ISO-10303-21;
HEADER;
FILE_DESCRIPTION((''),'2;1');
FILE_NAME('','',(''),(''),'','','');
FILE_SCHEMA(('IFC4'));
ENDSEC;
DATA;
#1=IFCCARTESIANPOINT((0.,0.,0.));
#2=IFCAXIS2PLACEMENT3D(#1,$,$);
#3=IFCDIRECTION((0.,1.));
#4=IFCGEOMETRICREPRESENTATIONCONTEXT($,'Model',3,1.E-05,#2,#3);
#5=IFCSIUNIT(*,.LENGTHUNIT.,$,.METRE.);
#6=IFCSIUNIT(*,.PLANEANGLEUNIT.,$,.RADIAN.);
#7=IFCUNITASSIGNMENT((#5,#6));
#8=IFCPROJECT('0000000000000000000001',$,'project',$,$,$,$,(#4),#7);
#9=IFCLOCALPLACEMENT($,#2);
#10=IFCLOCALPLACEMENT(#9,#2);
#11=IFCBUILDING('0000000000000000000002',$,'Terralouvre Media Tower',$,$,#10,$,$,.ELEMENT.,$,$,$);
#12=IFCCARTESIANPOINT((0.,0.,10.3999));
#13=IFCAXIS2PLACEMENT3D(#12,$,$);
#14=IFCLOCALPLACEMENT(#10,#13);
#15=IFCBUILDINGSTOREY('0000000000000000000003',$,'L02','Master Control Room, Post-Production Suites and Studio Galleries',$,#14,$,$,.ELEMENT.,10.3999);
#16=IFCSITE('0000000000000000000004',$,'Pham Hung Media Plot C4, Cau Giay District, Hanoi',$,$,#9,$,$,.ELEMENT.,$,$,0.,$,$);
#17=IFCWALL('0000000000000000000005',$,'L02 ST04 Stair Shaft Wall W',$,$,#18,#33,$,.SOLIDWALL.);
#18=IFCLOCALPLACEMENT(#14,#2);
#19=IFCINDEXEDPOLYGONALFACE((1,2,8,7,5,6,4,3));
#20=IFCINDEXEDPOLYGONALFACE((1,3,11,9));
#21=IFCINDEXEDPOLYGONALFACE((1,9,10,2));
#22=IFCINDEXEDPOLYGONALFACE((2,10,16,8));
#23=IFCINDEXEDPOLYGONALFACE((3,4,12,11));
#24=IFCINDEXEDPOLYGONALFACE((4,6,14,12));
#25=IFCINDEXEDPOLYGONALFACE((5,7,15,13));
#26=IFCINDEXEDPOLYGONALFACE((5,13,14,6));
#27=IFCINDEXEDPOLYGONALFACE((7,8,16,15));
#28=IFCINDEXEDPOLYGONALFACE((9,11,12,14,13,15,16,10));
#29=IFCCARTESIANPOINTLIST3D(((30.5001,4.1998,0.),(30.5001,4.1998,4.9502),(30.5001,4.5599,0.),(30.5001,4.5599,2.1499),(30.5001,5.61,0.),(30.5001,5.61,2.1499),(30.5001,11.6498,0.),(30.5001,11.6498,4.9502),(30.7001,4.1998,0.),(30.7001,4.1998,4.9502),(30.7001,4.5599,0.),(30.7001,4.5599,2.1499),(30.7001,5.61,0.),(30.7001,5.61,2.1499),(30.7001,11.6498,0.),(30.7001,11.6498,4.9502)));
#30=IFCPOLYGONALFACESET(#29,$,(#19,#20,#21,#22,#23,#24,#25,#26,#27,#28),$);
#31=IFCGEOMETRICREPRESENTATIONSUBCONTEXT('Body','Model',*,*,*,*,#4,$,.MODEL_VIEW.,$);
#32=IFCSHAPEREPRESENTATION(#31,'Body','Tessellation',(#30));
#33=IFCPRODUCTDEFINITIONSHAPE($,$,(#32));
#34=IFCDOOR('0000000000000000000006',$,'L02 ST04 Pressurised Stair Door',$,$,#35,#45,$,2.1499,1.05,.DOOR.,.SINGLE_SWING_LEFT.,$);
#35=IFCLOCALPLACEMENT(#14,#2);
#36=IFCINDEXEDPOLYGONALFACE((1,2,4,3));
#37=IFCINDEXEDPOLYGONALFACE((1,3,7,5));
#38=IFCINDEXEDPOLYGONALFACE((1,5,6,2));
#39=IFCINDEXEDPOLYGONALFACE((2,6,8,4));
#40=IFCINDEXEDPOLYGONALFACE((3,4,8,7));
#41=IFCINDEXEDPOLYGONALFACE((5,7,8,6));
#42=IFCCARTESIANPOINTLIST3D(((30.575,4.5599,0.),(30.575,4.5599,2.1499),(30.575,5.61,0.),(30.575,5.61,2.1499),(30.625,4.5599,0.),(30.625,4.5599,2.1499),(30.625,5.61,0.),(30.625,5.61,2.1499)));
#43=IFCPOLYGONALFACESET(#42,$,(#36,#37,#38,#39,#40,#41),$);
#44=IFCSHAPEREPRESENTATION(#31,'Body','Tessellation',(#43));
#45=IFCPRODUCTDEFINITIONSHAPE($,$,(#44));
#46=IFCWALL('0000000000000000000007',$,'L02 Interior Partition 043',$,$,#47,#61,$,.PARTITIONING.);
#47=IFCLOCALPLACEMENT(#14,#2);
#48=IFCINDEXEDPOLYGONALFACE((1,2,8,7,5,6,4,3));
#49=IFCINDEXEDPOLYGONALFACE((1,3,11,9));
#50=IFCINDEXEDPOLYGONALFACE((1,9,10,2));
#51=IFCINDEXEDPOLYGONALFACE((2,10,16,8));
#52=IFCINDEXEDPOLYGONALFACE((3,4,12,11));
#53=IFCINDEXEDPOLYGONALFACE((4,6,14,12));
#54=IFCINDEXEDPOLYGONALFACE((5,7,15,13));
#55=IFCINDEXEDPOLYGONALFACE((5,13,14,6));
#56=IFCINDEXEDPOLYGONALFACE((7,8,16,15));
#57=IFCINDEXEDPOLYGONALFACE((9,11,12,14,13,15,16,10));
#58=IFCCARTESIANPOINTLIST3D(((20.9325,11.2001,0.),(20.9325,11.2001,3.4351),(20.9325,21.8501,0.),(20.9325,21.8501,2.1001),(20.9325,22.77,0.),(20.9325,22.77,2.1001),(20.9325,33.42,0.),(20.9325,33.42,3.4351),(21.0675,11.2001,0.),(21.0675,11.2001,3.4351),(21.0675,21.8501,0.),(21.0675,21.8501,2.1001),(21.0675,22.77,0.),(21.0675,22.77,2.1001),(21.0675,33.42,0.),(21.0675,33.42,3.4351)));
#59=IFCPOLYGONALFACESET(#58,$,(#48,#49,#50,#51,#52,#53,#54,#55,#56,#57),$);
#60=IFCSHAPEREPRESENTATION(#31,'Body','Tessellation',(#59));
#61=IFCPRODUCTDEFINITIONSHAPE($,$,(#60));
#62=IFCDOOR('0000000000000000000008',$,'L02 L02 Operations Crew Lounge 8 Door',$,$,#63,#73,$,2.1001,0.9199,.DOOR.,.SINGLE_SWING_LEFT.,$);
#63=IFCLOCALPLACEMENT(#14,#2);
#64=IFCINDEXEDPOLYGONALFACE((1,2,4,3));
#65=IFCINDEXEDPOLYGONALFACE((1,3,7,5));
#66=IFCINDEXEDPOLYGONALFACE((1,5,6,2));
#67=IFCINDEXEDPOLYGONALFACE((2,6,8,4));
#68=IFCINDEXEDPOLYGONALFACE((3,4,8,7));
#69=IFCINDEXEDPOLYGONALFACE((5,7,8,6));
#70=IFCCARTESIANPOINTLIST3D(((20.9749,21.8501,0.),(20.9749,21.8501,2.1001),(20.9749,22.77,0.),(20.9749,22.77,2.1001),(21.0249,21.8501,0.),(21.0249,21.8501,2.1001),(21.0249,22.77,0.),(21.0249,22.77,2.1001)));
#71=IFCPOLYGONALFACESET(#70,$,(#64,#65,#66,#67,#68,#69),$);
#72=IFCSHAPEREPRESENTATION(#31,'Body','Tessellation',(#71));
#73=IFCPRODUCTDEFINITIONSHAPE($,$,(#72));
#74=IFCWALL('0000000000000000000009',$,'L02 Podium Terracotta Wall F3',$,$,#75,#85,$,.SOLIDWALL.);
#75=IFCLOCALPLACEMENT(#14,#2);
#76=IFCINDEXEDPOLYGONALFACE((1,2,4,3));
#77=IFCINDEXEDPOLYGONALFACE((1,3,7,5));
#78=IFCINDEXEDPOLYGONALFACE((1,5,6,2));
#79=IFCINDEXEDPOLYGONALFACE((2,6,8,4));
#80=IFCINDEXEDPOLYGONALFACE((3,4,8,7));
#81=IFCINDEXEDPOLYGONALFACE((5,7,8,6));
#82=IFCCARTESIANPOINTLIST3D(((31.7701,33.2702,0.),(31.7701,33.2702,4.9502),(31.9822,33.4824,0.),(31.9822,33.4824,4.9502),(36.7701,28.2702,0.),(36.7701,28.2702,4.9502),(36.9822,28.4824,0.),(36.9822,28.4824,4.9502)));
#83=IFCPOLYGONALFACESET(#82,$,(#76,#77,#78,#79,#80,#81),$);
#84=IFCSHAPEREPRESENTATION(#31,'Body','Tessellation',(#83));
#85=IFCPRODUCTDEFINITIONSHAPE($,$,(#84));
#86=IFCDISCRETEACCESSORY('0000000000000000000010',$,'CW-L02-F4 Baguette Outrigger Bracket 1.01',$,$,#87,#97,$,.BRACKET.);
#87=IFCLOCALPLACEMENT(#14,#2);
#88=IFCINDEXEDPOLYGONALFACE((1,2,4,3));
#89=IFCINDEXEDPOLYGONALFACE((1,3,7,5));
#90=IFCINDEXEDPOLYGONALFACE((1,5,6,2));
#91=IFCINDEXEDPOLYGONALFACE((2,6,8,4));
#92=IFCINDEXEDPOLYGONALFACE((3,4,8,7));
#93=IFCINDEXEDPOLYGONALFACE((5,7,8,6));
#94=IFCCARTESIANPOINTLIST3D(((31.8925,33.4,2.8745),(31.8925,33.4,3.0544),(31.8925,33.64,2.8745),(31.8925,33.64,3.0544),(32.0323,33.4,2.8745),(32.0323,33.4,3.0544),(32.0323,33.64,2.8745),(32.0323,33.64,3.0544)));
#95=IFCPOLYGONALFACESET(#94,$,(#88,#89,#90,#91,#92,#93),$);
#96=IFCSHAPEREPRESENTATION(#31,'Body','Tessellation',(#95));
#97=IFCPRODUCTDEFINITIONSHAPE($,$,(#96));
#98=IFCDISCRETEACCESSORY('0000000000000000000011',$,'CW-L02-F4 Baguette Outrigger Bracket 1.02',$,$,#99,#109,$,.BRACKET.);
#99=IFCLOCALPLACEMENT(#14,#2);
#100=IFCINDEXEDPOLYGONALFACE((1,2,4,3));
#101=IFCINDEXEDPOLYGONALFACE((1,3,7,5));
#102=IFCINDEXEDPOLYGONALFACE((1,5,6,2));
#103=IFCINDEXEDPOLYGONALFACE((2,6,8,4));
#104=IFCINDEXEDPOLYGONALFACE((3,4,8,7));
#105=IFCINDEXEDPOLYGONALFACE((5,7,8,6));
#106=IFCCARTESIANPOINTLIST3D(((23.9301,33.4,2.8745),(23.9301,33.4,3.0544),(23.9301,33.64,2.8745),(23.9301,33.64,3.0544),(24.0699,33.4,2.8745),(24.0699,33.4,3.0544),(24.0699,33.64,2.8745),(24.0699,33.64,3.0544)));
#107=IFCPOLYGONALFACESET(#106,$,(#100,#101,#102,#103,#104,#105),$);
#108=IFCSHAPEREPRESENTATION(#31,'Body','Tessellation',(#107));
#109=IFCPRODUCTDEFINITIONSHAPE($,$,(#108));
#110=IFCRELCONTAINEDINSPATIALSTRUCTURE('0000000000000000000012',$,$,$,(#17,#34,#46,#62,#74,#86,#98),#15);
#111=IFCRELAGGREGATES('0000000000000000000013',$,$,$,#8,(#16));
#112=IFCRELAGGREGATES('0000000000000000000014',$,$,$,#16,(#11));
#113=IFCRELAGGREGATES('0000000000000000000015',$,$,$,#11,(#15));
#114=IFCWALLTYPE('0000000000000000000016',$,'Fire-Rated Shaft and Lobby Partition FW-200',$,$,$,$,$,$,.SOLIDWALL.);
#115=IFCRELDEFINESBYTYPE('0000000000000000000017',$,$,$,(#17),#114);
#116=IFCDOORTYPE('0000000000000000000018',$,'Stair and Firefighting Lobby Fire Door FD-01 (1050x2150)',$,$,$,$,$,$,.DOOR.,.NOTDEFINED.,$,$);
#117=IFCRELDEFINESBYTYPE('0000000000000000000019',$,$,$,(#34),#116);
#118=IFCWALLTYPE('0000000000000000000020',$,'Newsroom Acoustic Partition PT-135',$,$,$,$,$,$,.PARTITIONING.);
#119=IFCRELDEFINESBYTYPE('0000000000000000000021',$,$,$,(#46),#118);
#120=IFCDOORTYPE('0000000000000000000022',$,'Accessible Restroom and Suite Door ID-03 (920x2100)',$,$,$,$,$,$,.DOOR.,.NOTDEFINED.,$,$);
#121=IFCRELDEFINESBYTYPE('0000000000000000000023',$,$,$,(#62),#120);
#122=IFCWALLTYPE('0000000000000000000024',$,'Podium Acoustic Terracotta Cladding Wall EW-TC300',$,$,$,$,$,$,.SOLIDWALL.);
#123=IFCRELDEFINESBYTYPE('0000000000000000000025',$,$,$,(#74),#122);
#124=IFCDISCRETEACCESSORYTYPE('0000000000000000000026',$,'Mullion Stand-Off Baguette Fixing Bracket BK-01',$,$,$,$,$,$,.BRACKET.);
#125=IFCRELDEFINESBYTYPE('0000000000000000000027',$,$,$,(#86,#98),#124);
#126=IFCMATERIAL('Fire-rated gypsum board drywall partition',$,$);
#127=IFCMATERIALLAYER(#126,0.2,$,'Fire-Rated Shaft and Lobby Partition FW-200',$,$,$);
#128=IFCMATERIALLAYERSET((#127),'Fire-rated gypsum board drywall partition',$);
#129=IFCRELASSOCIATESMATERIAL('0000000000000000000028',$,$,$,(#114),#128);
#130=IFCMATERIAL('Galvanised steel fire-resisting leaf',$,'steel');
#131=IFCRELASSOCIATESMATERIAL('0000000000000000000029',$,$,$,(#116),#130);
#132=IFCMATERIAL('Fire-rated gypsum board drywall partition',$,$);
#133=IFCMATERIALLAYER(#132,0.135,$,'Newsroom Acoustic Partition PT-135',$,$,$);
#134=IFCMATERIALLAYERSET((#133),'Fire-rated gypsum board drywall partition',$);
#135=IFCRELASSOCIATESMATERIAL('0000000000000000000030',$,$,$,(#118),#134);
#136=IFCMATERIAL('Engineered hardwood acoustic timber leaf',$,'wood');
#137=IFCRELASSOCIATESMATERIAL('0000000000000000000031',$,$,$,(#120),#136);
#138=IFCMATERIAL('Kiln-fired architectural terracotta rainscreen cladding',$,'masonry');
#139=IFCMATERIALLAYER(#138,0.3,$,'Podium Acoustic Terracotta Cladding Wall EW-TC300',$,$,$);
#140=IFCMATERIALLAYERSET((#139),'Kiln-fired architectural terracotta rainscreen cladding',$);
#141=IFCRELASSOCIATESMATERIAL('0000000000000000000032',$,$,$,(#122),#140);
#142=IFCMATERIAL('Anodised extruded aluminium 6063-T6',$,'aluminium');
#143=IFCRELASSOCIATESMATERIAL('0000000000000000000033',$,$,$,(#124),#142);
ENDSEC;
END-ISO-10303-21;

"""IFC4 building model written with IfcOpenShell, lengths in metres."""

from ifc_helpers import new_model, si_unit, direction, frame, frame_2d, origin, origin_2d, place, context, subcontext, project, spatial, rectangle, extrude, material, layer, layer_set, type_object, element, fill, save


model = new_model("IFC4")

# Units and contexts
model_context = context("Model", 3, precision=1e-05, world=origin(), true_north=direction((0.0, 1.0)))
body_context = subcontext(model_context, "Body", "Model", "MODEL_VIEW")
ifc_project = project(units=[si_unit("LENGTHUNIT", "METRE"), si_unit("PLANEANGLEUNIT", "RADIAN")], contexts=[model_context])

# Site, building, storey
site_placement = place(None, origin())
site = spatial("IfcSite", under=ifc_project, at=site_placement, Name="Pham Hung Media Plot C4, Cau Giay District, Hanoi", CompositionType="ELEMENT", RefElevation=0.0)
building_placement = place(site_placement, origin())
building = spatial("IfcBuilding", under=site, at=building_placement, Name="Terralouvre Media Tower", CompositionType="ELEMENT")
storey_placement = place(building_placement, frame((0.0, 0.0, 10.3999)))
storey = spatial("IfcBuildingStorey", under=building, at=storey_placement, Name="L02", Description="Master Control Room, Post-Production Suites and Studio Galleries", CompositionType="ELEMENT", Elevation=10.3999)

# Shared definitions
ifc_material_1 = material(Name="Fire-rated gypsum board drywall partition")
ifc_layer_1 = layer(ifc_material_1, 0.2, Name="Fire-Rated Shaft and Lobby Partition FW-200")
ifc_layer_set_1 = layer_set([ifc_layer_1], Name="Fire-rated gypsum board drywall partition")
wall_type_1 = type_object("IfcWallType", Name="Fire-Rated Shaft and Lobby Partition FW-200", PredefinedType="SOLIDWALL", material=ifc_layer_set_1)

# Walls, openings, doors
wall_1_placement = place(storey_placement, frame((30.6001, 11.6499, 0.0), z_axis=(0.0, 0.0, 1.0), x_axis=(0.0, -1.0, 0.0)))
wall_1 = element("IfcWall", 1, at=wall_1_placement, inside=storey, type_object=wall_type_1, Name="L02 ST04 Stair Shaft Wall W", PredefinedType="SOLIDWALL", context=body_context, shape_type="SweptSolid", body=[
    extrude(rectangle(XDim=7.45, YDim=0.2, at=frame_2d((3.7251, 0.0))), origin(), (0.0, 0.0, 1.0), 4.9502),
])
opening_1_placement = place(wall_1_placement, frame((6.04, 0.0, 0.0)))
opening_1 = element("IfcOpeningElement", 2, at=opening_1_placement, cuts=wall_1, PredefinedType="OPENING", context=body_context, shape_type="SweptSolid", body=[
    extrude(rectangle(XDim=1.05, YDim=2.1499, at=frame_2d((0.5249, 1.075))), frame((0.0, 0.1099, 0.0), z_axis=(0.0, -1.0, 0.0), x_axis=(1.0, 0.0, 0.0)), (0.0, 0.0, 1.0), 0.22),
])
ifc_material_2 = material(Name="Galvanised steel fire-resisting leaf", Category="steel")
door_type_1 = type_object("IfcDoorType", Name="Stair and Firefighting Lobby Fire Door FD-01 (1050x2150)", OperationType="NOTDEFINED", PredefinedType="DOOR", material=ifc_material_2)
door_1_placement = place(opening_1_placement, origin())
door_1 = element("IfcDoor", 3, at=door_1_placement, inside=storey, type_object=door_type_1, Name="L02 ST04 Pressurised Stair Door", OperationType="SINGLE_SWING_LEFT", OverallHeight=2.1499, OverallWidth=1.05, PredefinedType="DOOR", context=body_context, shape_type="SweptSolid", body=[
    extrude(rectangle(XDim=1.05, YDim=2.1499, at=frame_2d((0.5249, 1.075))), frame((0.0, 0.0249, 0.0), z_axis=(0.0, -1.0, 0.0), x_axis=(1.0, 0.0, 0.0)), (0.0, 0.0, 1.0), 0.05),
])
fill(opening_1, door_1)
ifc_material_3 = material(Name="Fire-rated gypsum board drywall partition")
ifc_layer_2 = layer(ifc_material_3, 0.135, Name="Newsroom Acoustic Partition PT-135")
ifc_layer_set_2 = layer_set([ifc_layer_2], Name="Fire-rated gypsum board drywall partition")
wall_type_2 = type_object("IfcWallType", Name="Newsroom Acoustic Partition PT-135", PredefinedType="PARTITIONING", material=ifc_layer_set_2)
wall_2_placement = place(storey_placement, frame((21.0, 33.4199, 0.0), z_axis=(0.0, 0.0, 1.0), x_axis=(0.0, -1.0, 0.0)))
wall_2 = element("IfcWall", 4, at=wall_2_placement, inside=storey, type_object=wall_type_2, Name="L02 Interior Partition 043", PredefinedType="PARTITIONING", context=body_context, shape_type="SweptSolid", body=[
    extrude(rectangle(XDim=22.22, YDim=0.135, at=frame_2d((11.1099, 0.0))), origin(), (0.0, 0.0, 1.0), 3.4351),
])
opening_2_placement = place(wall_2_placement, frame((10.6499, 0.0, 0.0)))
opening_2 = element("IfcOpeningElement", 5, at=opening_2_placement, cuts=wall_2, PredefinedType="OPENING", context=body_context, shape_type="SweptSolid", body=[
    extrude(rectangle(XDim=0.9199, YDim=2.1001, at=frame_2d((0.46, 1.05))), frame((0.0, 0.0774, 0.0), z_axis=(0.0, -1.0, 0.0), x_axis=(1.0, 0.0, 0.0)), (0.0, 0.0, 1.0), 0.155),
])
ifc_material_4 = material(Name="Engineered hardwood acoustic timber leaf", Category="wood")
door_type_2 = type_object("IfcDoorType", Name="Accessible Restroom and Suite Door ID-03 (920x2100)", OperationType="NOTDEFINED", PredefinedType="DOOR", material=ifc_material_4)
door_2_placement = place(opening_2_placement, origin())
door_2 = element("IfcDoor", 6, at=door_2_placement, inside=storey, type_object=door_type_2, Name="L02 L02 Operations Crew Lounge 8 Door", OperationType="SINGLE_SWING_LEFT", OverallHeight=2.1001, OverallWidth=0.9199, PredefinedType="DOOR", context=body_context, shape_type="SweptSolid", body=[
    extrude(rectangle(XDim=0.9199, YDim=2.1001, at=frame_2d((0.46, 1.05))), frame((0.0, 0.0249, 0.0), z_axis=(0.0, -1.0, 0.0), x_axis=(1.0, 0.0, 0.0)), (0.0, 0.0, 1.0), 0.05),
])
fill(opening_2, door_2)

# Wall
ifc_material_5 = material(Name="Kiln-fired architectural terracotta rainscreen cladding", Category="masonry")
ifc_layer_3 = layer(ifc_material_5, 0.3, Name="Podium Acoustic Terracotta Cladding Wall EW-TC300")
ifc_layer_set_3 = layer_set([ifc_layer_3], Name="Kiln-fired architectural terracotta rainscreen cladding")
wall_type_3 = type_object("IfcWallType", Name="Podium Acoustic Terracotta Cladding Wall EW-TC300", PredefinedType="SOLIDWALL", material=ifc_layer_set_3)
wall_3_placement = place(storey_placement, frame((36.8762, 28.3762, 0.0), z_axis=(0.0, 0.0, 1.0), x_axis=(-0.707107, 0.707107, 0.0)))
element("IfcWall", 7, at=wall_3_placement, inside=storey, type_object=wall_type_3, Name="L02 Podium Terracotta Wall F3", PredefinedType="SOLIDWALL", context=body_context, shape_type="SweptSolid", body=[
    extrude(rectangle(XDim=7.071, YDim=0.3, at=frame_2d((3.5356, 0.0))), origin(), (0.0, 0.0, 1.0), 4.9502),
])

# Discrete accessories
ifc_material_6 = material(Name="Anodised extruded aluminium 6063-T6", Category="aluminium")
discrete_accessory_type = type_object("IfcDiscreteAccessoryType", Name="Mullion Stand-Off Baguette Fixing Bracket BK-01", PredefinedType="BRACKET", material=ifc_material_6)
for number, where, z_axis, x_axis, name in (
    (8, (31.9624, 33.52, 2.8745), (0.0, 0.0, 1.0), (-1.0, 0.0, 0.0), "CW-L02-F4 Baguette Outrigger Bracket 1.01"),
    (9, (24.0, 33.52, 2.8745), (0.0, 0.0, 1.0), (-1.0, 0.0, 0.0), "CW-L02-F4 Baguette Outrigger Bracket 1.02"),
):
    element("IfcDiscreteAccessory", number, at=place(storey_placement, frame(where, z_axis=z_axis, x_axis=x_axis)), inside=storey, type_object=discrete_accessory_type, Name=name, PredefinedType="BRACKET", context=body_context, shape_type="SweptSolid", body=[
        extrude(rectangle(XDim=0.1399, YDim=0.24, at=origin_2d()), origin(), (0.0, 0.0, 1.0), 0.1799),
    ])

save(model, "model.ifc")
